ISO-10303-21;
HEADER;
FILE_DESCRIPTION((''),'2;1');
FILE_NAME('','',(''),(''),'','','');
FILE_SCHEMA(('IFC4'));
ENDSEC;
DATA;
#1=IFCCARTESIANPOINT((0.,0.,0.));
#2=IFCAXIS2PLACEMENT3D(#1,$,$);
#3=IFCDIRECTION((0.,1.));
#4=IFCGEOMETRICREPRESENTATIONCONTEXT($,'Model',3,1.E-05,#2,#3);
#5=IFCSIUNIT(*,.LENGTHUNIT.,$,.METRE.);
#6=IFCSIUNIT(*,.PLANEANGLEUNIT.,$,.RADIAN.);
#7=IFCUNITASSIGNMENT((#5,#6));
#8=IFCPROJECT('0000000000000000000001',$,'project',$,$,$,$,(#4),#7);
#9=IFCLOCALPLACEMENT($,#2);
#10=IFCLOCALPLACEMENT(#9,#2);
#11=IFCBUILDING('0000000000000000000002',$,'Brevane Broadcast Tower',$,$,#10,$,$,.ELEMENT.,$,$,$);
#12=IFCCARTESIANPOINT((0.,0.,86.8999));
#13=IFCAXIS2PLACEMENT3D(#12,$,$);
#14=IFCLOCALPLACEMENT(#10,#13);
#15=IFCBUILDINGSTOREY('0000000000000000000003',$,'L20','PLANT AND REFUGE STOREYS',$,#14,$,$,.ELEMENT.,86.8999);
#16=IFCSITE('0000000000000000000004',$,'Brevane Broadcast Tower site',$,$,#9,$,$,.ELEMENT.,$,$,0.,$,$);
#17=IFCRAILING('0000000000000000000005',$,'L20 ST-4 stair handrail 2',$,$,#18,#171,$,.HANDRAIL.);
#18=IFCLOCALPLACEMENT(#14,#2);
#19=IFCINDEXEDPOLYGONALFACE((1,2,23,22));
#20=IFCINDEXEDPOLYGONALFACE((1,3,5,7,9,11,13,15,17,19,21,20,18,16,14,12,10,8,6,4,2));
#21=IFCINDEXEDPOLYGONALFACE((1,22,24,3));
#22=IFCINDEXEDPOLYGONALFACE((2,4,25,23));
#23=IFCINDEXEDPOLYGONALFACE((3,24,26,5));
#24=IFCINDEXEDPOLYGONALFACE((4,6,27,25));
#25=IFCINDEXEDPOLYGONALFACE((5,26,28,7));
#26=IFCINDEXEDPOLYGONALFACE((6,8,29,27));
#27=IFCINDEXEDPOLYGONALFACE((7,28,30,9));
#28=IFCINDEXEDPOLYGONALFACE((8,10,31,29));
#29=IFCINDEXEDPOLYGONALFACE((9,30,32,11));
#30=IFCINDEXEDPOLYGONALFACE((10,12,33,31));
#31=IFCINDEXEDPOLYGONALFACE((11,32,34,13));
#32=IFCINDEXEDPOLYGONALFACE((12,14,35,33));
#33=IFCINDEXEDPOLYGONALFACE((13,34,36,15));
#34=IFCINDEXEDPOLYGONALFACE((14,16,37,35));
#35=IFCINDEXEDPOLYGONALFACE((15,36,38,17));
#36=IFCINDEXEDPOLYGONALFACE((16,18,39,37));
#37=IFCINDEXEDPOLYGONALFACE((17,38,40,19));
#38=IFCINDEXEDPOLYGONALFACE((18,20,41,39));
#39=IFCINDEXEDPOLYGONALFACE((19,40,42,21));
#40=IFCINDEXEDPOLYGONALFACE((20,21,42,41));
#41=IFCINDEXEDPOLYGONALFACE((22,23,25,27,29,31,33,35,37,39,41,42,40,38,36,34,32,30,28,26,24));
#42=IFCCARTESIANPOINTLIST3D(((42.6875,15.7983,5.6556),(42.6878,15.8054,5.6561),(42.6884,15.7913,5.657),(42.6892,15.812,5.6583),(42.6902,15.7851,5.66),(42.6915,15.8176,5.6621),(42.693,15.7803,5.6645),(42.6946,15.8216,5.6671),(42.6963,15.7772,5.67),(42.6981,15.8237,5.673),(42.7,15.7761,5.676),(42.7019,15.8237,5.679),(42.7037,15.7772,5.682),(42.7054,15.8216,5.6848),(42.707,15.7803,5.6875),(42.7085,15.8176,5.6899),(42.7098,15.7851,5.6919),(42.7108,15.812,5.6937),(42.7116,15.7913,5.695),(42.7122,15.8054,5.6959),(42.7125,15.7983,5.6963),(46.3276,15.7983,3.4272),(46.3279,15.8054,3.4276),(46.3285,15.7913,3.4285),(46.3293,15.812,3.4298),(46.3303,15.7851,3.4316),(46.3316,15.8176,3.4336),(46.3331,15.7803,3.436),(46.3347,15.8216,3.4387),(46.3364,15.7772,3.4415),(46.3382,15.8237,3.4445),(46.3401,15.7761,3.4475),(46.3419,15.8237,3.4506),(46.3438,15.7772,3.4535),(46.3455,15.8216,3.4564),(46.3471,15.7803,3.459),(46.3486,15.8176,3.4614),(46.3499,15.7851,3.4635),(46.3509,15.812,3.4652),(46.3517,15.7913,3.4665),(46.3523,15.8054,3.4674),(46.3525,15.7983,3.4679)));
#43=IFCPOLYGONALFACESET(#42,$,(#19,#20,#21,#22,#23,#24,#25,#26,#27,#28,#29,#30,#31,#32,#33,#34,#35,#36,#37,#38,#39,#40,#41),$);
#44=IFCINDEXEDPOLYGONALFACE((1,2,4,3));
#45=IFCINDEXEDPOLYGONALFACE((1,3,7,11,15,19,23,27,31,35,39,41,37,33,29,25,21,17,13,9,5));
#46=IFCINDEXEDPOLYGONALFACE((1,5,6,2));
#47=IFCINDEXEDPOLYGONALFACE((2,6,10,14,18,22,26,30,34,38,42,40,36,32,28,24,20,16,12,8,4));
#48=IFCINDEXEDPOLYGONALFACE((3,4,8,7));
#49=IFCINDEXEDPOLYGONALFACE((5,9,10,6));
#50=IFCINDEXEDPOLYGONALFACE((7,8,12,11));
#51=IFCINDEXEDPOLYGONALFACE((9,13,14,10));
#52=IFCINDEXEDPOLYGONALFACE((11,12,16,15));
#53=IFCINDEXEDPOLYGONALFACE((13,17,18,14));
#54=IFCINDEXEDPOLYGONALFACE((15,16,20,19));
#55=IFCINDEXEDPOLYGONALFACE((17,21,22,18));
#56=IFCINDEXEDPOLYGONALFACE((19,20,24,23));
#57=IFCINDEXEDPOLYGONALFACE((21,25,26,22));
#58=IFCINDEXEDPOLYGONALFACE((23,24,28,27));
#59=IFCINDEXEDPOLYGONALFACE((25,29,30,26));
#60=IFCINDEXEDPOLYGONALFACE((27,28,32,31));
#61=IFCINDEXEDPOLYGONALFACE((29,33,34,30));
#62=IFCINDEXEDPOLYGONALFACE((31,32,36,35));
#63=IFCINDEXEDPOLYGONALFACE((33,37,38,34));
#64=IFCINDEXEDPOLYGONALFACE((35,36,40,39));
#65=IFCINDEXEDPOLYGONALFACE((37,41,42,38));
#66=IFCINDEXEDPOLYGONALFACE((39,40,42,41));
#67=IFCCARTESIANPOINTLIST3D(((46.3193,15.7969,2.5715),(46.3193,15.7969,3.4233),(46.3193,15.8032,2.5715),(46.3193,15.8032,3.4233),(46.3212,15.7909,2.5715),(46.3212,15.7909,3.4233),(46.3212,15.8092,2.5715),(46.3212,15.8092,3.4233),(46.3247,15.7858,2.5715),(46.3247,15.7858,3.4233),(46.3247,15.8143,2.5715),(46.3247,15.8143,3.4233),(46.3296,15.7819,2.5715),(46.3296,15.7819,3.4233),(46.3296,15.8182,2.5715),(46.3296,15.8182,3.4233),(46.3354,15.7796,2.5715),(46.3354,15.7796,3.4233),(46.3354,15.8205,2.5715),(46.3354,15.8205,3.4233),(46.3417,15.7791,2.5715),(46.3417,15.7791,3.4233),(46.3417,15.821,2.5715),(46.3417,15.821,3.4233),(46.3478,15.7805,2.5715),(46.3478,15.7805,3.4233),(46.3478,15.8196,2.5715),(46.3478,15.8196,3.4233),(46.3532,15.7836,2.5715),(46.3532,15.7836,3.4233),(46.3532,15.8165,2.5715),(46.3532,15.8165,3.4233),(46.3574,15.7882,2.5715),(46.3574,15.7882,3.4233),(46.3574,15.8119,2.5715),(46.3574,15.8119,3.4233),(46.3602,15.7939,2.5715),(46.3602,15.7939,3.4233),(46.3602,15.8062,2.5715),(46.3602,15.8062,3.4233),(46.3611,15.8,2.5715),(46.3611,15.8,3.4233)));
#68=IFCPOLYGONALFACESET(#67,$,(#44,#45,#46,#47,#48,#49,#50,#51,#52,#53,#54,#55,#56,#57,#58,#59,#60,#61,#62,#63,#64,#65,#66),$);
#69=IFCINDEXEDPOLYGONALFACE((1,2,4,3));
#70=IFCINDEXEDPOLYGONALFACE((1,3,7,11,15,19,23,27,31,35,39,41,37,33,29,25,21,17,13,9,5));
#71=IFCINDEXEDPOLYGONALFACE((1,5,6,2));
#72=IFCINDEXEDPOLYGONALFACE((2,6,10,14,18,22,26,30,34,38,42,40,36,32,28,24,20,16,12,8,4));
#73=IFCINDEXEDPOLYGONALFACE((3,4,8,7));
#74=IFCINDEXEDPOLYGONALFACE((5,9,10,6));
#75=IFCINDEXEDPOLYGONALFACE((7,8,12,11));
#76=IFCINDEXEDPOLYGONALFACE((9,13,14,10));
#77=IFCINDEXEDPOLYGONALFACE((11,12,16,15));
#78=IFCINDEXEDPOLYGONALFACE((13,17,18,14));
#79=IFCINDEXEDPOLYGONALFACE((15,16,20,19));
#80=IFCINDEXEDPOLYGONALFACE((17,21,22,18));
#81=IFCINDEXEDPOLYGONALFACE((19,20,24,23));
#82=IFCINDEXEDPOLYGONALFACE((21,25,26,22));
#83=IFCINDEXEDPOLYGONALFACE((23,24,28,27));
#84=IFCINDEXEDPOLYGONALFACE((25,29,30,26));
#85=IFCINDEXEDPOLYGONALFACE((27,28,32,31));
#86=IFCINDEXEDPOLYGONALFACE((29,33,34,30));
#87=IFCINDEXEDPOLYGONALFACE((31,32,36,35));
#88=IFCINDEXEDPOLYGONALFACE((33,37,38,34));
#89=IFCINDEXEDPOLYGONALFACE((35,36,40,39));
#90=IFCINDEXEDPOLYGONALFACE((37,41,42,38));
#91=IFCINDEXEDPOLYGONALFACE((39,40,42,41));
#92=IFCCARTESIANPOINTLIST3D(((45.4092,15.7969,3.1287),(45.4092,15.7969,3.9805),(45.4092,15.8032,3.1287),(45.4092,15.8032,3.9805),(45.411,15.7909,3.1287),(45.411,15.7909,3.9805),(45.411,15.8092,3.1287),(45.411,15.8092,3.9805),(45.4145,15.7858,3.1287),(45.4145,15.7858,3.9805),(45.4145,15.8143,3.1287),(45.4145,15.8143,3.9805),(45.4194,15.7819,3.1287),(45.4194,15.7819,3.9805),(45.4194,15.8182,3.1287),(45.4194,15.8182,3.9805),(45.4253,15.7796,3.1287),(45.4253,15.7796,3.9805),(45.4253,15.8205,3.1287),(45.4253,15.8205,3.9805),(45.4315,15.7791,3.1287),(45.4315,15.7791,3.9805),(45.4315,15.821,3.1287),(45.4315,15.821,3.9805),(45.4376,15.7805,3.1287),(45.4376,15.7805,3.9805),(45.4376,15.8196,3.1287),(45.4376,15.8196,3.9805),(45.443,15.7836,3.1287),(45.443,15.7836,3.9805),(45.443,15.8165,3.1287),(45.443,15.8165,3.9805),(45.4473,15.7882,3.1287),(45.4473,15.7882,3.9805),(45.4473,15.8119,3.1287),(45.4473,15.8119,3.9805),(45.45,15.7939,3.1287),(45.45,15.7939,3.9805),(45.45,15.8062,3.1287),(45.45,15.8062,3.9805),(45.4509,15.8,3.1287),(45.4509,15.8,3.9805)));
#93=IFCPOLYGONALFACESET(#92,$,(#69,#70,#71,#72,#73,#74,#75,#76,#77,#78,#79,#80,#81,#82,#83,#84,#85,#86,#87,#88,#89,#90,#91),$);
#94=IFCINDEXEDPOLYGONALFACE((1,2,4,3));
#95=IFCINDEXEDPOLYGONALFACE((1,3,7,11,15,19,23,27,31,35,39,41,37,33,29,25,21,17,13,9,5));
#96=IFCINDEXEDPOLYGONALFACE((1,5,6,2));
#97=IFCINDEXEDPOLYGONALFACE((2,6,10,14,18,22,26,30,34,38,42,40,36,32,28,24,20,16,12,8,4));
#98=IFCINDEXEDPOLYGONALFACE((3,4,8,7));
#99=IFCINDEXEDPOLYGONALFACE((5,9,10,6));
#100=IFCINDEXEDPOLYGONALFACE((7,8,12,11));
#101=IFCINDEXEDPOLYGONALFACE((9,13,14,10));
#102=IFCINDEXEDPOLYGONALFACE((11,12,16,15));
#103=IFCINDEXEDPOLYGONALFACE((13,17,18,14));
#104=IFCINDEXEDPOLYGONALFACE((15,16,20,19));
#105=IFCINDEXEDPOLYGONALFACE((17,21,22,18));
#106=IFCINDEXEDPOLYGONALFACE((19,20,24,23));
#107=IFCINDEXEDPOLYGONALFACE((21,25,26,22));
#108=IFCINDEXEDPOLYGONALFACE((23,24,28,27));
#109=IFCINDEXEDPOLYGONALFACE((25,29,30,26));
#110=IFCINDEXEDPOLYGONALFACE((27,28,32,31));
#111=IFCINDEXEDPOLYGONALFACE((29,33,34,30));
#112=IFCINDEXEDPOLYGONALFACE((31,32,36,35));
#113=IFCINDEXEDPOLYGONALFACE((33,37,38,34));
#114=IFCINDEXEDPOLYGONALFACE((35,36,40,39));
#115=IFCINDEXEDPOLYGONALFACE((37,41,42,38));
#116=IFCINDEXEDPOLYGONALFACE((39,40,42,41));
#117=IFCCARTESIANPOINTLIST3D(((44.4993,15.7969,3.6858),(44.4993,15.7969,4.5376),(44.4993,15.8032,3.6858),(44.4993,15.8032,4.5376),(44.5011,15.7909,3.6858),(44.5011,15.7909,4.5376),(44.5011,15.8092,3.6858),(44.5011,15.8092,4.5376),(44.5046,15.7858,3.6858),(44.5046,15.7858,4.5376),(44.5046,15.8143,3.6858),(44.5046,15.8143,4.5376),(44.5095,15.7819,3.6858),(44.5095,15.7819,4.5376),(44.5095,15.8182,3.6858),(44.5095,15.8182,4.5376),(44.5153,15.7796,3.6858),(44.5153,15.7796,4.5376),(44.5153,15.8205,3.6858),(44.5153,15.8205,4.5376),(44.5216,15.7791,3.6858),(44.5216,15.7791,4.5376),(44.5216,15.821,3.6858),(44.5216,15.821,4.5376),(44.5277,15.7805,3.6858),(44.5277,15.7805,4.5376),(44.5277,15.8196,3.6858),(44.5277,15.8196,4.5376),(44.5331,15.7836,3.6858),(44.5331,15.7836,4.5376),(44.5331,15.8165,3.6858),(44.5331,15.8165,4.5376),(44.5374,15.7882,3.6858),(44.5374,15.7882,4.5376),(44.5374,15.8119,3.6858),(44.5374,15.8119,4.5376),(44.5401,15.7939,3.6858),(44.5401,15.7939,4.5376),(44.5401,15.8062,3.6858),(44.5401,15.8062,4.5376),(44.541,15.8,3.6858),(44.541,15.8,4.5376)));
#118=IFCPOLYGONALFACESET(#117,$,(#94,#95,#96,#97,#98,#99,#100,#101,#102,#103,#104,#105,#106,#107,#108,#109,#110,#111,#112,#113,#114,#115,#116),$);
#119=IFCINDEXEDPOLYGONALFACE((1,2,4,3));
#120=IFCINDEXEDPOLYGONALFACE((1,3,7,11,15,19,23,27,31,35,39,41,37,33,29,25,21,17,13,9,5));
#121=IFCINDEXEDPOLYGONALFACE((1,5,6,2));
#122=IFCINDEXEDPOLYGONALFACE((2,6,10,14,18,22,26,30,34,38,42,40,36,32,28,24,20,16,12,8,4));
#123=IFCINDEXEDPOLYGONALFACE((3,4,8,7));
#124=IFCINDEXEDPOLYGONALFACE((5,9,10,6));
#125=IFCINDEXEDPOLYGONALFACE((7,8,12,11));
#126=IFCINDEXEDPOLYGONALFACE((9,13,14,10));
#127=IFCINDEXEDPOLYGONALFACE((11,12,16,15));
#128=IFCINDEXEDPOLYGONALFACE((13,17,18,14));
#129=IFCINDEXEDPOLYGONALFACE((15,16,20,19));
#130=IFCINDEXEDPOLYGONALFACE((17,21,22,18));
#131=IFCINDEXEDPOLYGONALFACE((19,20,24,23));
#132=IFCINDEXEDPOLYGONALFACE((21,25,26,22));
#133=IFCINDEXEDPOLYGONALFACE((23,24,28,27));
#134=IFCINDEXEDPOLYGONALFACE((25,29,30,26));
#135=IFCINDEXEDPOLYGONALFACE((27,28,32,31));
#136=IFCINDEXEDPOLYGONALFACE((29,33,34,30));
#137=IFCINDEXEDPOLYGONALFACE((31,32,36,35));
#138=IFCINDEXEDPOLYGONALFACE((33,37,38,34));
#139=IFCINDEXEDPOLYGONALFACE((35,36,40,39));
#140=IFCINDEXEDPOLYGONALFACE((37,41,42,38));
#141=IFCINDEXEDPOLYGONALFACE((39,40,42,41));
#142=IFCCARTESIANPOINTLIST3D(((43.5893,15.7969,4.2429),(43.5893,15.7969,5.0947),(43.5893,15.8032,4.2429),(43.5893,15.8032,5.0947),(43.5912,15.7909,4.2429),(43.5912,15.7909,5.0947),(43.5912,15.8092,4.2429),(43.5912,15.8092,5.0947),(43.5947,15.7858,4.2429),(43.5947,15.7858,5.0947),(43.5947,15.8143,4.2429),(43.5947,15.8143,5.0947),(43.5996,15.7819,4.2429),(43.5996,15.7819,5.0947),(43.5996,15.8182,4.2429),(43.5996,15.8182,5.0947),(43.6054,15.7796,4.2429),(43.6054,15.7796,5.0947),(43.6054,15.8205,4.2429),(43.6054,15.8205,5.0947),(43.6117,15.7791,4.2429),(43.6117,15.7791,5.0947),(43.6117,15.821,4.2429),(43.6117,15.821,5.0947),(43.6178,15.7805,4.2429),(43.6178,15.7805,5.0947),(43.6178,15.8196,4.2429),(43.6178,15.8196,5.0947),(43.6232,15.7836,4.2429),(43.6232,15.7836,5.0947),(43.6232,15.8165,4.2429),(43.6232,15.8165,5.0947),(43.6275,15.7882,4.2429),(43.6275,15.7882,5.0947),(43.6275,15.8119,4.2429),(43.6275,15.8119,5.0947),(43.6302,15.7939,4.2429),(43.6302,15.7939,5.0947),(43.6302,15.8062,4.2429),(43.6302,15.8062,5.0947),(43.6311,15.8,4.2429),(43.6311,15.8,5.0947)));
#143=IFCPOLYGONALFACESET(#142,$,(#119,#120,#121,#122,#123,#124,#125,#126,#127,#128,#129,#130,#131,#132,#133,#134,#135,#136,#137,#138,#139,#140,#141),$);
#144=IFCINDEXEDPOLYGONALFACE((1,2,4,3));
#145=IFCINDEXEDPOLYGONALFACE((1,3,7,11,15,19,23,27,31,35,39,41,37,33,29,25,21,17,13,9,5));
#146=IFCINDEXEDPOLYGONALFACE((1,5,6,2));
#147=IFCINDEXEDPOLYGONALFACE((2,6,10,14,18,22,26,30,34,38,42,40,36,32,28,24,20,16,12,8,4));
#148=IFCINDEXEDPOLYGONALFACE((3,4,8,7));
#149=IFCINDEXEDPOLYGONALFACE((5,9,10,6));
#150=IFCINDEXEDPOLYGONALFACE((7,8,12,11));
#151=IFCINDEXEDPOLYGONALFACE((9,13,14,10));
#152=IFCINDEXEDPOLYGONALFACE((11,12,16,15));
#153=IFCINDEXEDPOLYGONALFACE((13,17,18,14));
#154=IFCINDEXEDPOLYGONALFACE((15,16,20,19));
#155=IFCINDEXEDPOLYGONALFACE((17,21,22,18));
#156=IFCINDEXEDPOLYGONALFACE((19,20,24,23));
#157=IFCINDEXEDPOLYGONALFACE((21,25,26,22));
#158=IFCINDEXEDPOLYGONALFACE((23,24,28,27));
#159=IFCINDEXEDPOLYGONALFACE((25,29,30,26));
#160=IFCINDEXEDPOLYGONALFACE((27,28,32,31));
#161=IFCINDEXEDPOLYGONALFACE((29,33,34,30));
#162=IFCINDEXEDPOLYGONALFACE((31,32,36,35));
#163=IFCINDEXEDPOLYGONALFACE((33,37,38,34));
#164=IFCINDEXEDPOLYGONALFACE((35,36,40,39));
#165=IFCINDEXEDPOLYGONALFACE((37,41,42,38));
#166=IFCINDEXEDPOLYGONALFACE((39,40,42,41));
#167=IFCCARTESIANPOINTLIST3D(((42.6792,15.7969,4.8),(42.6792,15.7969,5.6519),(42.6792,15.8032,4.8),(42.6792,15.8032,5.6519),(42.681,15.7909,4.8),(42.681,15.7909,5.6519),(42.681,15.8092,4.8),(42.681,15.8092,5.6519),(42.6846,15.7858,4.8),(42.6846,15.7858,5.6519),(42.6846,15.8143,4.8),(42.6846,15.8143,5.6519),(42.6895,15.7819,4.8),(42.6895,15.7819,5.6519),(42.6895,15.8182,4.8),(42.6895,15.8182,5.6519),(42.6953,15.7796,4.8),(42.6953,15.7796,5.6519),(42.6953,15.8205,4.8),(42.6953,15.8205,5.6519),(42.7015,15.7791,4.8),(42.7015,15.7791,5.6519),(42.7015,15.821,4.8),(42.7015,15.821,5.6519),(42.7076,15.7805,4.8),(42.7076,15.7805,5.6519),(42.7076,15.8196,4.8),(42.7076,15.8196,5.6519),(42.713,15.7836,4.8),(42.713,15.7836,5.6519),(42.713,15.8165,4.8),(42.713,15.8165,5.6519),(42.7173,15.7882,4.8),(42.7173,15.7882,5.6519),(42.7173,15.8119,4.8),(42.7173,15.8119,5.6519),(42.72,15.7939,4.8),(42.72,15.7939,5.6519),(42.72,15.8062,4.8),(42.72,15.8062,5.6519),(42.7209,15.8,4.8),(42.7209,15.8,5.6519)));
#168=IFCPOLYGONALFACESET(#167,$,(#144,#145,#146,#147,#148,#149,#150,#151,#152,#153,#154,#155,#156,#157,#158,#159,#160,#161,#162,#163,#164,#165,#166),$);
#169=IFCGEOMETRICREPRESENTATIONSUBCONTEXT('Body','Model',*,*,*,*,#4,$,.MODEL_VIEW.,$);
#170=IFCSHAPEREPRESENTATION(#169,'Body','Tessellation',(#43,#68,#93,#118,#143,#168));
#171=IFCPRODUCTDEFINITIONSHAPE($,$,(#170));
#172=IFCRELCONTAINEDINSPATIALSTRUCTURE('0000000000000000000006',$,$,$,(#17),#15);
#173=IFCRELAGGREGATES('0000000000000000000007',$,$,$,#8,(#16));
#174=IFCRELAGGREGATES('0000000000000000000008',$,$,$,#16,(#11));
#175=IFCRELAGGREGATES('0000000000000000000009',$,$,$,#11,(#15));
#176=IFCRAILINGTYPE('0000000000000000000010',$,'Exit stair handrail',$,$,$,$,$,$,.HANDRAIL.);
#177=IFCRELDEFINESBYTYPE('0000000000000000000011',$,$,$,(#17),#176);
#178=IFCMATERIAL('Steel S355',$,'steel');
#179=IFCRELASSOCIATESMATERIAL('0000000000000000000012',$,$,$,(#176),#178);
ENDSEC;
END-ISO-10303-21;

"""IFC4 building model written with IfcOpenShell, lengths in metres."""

from ifc_helpers import new_model, si_unit, direction, frame, origin, origin_2d, place, context, subcontext, project, spatial, circle, extrude, material, type_object, element, save


model = new_model("IFC4")

# Units and contexts
model_context = context("Model", 3, precision=1e-05, world=origin(), true_north=direction((0.0, 1.0)))
body_context = subcontext(model_context, "Body", "Model", "MODEL_VIEW")
ifc_project = project(units=[si_unit("LENGTHUNIT", "METRE"), si_unit("PLANEANGLEUNIT", "RADIAN")], contexts=[model_context])

# Site, building, storey
site_placement = place(None, origin())
site = spatial("IfcSite", under=ifc_project, at=site_placement, Name="Brevane Broadcast Tower site", CompositionType="ELEMENT", RefElevation=0.0)
building_placement = place(site_placement, origin())
building = spatial("IfcBuilding", under=site, at=building_placement, Name="Brevane Broadcast Tower", CompositionType="ELEMENT")
storey_placement = place(building_placement, frame((0.0, 0.0, 86.8999)))
storey = spatial("IfcBuildingStorey", under=building, at=storey_placement, Name="L20", Description="PLANT AND REFUGE STOREYS", CompositionType="ELEMENT", Elevation=86.8999)

# Shared definitions
ifc_material_1 = material(Name="Steel S355", Category="steel")

# Railing
railing_type_1 = type_object("IfcRailingType", Name="Exit stair handrail", PredefinedType="HANDRAIL", material=ifc_material_1)
railing_1_placement = place(storey_placement, frame((46.3401, 15.8, 2.5715)))
element("IfcRailing", 1, at=railing_1_placement, inside=storey, type_object=railing_type_1, Name="L20 ST-4 stair handrail 2", PredefinedType="HANDRAIL", context=body_context, shape_type="SweptSolid", body=[
    extrude(circle(Radius=0.0239, at=origin_2d()), frame((0.0, 0.0, 0.876), z_axis=(-0.852866, 0.0, 0.52213), x_axis=(0.0, -1.0, 0.0)), (0.0, 0.0, 1.0), 4.2681),
    extrude(circle(Radius=0.021, at=origin_2d()), origin(), (0.0, 0.0, 1.0), 0.8518),
    extrude(circle(Radius=0.021, at=origin_2d()), frame((-0.9102, 0.0, 0.5571)), (0.0, 0.0, 1.0), 0.8518),
    extrude(circle(Radius=0.021, at=origin_2d()), frame((-1.8201, 0.0, 1.1143)), (0.0, 0.0, 1.0), 0.8518),
    extrude(circle(Radius=0.021, at=origin_2d()), frame((-2.73, 0.0, 1.6714)), (0.0, 0.0, 1.0), 0.8518),
    extrude(circle(Radius=0.021, at=origin_2d()), frame((-3.6401, 0.0, 2.2285)), (0.0, 0.0, 1.0), 0.8518),
])

save(model, "model.ifc")
